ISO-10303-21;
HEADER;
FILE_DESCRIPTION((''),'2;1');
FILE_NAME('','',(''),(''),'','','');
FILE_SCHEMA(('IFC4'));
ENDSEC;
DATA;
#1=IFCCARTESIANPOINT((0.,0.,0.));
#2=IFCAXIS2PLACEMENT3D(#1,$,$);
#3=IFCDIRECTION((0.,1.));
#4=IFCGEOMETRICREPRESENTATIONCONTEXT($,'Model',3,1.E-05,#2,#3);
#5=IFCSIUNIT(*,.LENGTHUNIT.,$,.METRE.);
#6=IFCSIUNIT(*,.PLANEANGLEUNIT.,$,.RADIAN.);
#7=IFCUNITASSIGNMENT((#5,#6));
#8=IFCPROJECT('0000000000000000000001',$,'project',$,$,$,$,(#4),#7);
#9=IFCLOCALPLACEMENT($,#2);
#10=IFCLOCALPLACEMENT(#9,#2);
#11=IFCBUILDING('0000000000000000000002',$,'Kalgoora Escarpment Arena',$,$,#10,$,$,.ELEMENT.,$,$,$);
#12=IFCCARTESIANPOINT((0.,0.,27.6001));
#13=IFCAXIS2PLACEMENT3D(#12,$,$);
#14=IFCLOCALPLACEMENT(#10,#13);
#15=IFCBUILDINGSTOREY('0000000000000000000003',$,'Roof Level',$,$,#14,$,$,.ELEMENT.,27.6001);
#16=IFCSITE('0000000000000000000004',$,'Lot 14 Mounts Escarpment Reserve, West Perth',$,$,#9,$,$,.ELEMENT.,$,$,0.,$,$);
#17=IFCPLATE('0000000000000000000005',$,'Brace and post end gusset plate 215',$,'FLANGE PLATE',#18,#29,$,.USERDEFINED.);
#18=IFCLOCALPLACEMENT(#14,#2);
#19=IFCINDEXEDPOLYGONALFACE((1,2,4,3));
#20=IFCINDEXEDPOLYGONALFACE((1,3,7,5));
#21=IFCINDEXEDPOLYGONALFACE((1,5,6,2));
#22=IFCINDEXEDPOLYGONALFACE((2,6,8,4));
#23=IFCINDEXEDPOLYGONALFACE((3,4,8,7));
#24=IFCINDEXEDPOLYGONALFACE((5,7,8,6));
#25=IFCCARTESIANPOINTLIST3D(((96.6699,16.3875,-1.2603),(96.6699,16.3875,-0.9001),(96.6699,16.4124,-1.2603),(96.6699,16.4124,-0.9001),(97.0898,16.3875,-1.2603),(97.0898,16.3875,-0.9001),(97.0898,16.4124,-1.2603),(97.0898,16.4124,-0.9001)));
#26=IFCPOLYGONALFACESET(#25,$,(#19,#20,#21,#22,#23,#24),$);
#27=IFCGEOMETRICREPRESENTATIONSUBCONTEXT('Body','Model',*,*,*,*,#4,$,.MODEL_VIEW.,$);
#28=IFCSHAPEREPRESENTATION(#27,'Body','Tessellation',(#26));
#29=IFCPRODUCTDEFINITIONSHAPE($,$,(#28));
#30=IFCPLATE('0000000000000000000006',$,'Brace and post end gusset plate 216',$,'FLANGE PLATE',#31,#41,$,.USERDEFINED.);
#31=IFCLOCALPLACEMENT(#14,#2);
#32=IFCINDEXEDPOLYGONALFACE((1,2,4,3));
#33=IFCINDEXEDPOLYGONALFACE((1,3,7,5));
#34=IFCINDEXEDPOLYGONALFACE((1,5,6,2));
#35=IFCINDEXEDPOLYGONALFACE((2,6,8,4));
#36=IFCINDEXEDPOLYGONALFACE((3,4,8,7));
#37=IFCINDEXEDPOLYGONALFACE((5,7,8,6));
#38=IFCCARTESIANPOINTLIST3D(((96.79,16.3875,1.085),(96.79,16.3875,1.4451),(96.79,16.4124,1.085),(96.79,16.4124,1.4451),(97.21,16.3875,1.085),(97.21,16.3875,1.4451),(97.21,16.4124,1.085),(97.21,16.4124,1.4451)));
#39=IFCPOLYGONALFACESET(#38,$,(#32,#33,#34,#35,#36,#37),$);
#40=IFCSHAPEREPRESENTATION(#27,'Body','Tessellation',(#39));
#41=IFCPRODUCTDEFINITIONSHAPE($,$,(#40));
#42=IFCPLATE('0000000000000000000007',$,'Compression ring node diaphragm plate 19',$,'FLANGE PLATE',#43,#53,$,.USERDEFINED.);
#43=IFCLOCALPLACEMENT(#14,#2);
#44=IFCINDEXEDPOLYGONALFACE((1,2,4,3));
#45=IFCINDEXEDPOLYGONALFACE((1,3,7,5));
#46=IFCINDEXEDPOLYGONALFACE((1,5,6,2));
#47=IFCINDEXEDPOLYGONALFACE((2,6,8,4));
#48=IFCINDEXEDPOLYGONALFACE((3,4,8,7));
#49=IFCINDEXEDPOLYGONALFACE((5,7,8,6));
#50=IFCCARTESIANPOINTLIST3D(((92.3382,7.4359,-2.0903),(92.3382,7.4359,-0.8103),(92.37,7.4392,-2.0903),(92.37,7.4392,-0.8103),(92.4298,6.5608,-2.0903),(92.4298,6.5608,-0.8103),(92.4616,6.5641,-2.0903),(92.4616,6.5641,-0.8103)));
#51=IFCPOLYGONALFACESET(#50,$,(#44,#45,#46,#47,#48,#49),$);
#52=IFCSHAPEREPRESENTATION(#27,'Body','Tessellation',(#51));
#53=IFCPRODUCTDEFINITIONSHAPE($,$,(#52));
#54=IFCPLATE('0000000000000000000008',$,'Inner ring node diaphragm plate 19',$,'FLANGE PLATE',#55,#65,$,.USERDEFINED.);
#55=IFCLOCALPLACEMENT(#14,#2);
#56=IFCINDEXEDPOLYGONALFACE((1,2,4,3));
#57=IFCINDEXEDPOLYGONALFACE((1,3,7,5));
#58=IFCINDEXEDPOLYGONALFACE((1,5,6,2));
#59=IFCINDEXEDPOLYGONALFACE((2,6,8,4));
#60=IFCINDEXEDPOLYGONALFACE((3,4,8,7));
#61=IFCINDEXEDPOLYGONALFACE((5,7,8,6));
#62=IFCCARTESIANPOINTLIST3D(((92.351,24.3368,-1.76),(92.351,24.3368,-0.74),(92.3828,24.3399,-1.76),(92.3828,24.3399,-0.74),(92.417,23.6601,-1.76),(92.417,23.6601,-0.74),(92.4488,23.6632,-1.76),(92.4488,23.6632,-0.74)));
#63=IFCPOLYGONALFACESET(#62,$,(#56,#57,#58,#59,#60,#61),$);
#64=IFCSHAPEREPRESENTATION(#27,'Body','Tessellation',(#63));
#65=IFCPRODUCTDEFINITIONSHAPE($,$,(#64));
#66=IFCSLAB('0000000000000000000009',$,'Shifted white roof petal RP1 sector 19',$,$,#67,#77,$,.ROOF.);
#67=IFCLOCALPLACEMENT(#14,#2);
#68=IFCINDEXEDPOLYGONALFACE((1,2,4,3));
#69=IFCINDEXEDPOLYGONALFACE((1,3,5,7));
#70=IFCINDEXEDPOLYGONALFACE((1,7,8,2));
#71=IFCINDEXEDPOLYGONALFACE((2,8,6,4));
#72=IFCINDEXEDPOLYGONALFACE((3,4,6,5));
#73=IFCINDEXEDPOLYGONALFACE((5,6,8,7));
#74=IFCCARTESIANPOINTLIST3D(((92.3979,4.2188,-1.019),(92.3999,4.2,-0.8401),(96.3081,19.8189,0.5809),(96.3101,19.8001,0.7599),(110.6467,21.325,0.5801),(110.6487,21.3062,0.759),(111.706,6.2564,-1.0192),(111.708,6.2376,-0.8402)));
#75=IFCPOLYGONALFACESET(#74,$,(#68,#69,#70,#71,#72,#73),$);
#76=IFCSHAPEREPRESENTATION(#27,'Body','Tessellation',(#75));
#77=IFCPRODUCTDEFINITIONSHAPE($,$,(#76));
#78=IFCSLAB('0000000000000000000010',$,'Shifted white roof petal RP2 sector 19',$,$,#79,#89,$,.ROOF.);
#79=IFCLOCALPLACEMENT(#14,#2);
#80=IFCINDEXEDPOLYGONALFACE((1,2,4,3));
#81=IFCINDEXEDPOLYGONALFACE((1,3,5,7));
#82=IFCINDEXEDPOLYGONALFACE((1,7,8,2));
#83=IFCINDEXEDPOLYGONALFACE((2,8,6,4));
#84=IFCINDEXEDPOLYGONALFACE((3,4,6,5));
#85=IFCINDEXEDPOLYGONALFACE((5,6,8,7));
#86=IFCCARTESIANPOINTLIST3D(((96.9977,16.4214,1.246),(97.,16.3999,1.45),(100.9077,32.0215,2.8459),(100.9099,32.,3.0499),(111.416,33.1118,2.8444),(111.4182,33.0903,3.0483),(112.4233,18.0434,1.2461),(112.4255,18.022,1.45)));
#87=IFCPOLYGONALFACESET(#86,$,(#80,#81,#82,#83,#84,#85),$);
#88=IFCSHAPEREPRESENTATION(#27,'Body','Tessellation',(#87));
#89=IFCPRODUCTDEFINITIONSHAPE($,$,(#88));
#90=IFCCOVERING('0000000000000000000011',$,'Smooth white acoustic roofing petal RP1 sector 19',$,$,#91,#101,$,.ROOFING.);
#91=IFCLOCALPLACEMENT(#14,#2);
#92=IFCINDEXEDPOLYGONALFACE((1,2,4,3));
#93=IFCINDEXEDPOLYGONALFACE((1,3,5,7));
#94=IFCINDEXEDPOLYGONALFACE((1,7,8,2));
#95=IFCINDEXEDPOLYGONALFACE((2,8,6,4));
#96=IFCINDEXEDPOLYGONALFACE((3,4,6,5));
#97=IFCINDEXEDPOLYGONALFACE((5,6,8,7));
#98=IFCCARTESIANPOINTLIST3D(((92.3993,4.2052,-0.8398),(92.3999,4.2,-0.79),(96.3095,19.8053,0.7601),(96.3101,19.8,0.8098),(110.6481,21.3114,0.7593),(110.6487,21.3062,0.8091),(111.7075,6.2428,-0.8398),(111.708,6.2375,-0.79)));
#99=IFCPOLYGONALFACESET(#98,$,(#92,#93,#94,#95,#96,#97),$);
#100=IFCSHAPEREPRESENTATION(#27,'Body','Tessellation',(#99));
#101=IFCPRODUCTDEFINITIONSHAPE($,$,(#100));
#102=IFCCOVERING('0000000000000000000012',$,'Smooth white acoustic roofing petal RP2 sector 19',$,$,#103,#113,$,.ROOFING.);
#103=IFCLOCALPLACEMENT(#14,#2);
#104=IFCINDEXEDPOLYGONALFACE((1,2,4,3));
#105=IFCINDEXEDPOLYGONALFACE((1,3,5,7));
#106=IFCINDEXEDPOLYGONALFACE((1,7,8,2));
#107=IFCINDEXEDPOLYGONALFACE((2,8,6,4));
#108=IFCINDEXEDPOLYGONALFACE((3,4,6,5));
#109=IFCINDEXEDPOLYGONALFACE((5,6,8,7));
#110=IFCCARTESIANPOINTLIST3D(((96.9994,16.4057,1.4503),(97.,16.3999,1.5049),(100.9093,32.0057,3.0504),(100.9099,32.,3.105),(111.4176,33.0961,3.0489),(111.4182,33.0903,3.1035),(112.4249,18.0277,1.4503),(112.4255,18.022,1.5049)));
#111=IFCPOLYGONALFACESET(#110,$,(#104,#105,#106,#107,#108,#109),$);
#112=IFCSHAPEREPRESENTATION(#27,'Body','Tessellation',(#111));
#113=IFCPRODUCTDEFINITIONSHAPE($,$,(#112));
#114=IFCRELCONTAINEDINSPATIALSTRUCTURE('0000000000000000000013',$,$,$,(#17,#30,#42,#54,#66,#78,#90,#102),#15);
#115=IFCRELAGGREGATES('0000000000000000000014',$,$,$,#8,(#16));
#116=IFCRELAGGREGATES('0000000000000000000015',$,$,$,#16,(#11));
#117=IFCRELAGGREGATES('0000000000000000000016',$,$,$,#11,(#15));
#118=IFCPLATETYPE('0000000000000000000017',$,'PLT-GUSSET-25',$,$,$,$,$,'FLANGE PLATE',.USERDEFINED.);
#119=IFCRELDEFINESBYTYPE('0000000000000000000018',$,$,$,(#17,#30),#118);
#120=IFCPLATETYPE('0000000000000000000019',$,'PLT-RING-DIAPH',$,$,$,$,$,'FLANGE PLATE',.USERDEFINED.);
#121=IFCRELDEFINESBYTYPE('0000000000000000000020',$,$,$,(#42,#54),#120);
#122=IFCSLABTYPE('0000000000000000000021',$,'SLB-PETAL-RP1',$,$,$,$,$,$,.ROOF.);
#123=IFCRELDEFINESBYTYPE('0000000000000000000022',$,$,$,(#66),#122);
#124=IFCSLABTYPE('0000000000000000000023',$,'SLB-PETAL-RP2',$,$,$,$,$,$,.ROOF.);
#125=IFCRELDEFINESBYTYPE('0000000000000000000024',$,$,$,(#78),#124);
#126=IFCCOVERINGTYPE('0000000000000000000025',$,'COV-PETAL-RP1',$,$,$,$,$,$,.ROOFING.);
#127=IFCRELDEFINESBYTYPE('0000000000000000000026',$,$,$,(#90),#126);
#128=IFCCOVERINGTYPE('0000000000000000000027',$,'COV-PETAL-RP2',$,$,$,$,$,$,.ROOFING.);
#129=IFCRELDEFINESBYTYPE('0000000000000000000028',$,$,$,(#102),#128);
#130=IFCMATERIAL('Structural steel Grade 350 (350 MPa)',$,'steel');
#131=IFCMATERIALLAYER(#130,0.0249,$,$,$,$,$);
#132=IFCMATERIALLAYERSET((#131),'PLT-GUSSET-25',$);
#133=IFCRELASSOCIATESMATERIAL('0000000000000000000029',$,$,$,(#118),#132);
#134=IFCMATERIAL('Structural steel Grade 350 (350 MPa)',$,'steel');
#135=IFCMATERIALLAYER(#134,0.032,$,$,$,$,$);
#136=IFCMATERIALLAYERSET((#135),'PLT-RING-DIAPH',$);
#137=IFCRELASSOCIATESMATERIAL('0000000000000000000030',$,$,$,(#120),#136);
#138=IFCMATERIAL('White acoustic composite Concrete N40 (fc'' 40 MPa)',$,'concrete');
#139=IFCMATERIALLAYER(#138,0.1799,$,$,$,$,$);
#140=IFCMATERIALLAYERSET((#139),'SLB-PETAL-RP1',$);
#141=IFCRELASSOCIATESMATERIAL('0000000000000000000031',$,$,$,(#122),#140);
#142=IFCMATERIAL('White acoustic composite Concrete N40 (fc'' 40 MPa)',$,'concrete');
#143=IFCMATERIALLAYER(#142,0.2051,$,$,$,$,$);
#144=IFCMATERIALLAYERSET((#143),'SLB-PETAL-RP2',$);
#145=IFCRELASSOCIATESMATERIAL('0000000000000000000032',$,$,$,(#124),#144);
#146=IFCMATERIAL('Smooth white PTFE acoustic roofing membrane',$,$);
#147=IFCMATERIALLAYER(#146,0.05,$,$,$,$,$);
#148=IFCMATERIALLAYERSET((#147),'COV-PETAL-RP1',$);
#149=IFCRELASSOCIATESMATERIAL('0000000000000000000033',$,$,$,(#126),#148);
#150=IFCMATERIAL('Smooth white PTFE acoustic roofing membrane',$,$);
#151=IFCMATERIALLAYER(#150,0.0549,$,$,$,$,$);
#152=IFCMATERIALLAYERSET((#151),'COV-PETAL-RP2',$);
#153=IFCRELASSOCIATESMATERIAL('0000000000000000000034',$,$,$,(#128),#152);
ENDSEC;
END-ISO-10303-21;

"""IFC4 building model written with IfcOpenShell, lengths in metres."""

from ifc_helpers import new_model, si_unit, direction, frame, origin, origin_2d, place, context, subcontext, project, spatial, polyline, rectangle, outline, extrude, material, layer, layer_set, type_object, element, save


model = new_model("IFC4")

# Units and contexts
model_context = context("Model", 3, precision=1e-05, world=origin(), true_north=direction((0.0, 1.0)))
body_context = subcontext(model_context, "Body", "Model", "MODEL_VIEW")
ifc_project = project(units=[si_unit("LENGTHUNIT", "METRE"), si_unit("PLANEANGLEUNIT", "RADIAN")], contexts=[model_context])

# Site, building, storey
site_placement = place(None, origin())
site = spatial("IfcSite", under=ifc_project, at=site_placement, Name="Lot 14 Mounts Escarpment Reserve, West Perth", CompositionType="ELEMENT", RefElevation=0.0)
building_placement = place(site_placement, origin())
building = spatial("IfcBuilding", under=site, at=building_placement, Name="Kalgoora Escarpment Arena", CompositionType="ELEMENT")
storey_placement = place(building_placement, frame((0.0, 0.0, 27.6001)))
storey = spatial("IfcBuildingStorey", under=building, at=storey_placement, Name="Roof Level", CompositionType="ELEMENT", Elevation=27.6001)

# Plates
ifc_material_1 = material(Name="Structural steel Grade 350 (350 MPa)", Category="steel")
ifc_layer_1 = layer(ifc_material_1, 0.0249)
ifc_layer_set_1 = layer_set([ifc_layer_1], Name="PLT-GUSSET-25")
plate_type_1 = type_object("IfcPlateType", Name="PLT-GUSSET-25", ElementType="FLANGE PLATE", PredefinedType="USERDEFINED", material=ifc_layer_set_1)
for number, where, z_axis, x_axis, name in (
    (1, (96.8799, 16.3999, -1.2603), (0.0, 0.0, 1.0), (1.0, 0.0, 0.0), "Brace and post end gusset plate 215"),
    (2, (97.0, 16.3999, 1.085), (0.0, 0.0, 1.0), (1.0, 0.0, 0.0), "Brace and post end gusset plate 216"),
):
    element("IfcPlate", number, at=place(storey_placement, frame(where, z_axis=z_axis, x_axis=x_axis)), inside=storey, type_object=plate_type_1, Name=name, ObjectType="FLANGE PLATE", PredefinedType="USERDEFINED", context=body_context, shape_type="SweptSolid", body=[
        extrude(rectangle(XDim=0.4199, YDim=0.0249, at=origin_2d()), origin(), (0.0, 0.0, 1.0), 0.3601),
    ])
ifc_material_2 = material(Name="Structural steel Grade 350 (350 MPa)", Category="steel")
ifc_layer_2 = layer(ifc_material_2, 0.032)
ifc_layer_set_2 = layer_set([ifc_layer_2], Name="PLT-RING-DIAPH")
plate_type_2 = type_object("IfcPlateType", Name="PLT-RING-DIAPH", ElementType="FLANGE PLATE", PredefinedType="USERDEFINED", material=ifc_layer_set_2)
plate_1_placement = place(storey_placement, frame((92.3999, 7.0, -2.0903), z_axis=(0.0, 0.0, 1.0), x_axis=(0.994576, 0.104008, 0.0)))
element("IfcPlate", 3, at=plate_1_placement, inside=storey, type_object=plate_type_2, Name="Compression ring node diaphragm plate 19", ObjectType="FLANGE PLATE", PredefinedType="USERDEFINED", context=body_context, shape_type="SweptSolid", body=[
    extrude(rectangle(XDim=0.032, YDim=0.8799, at=origin_2d()), origin(), (0.0, 0.0, 1.0), 1.28),
])
plate_2_placement = place(storey_placement, frame((92.3999, 24.0, -1.76), z_axis=(0.0, 0.0, 1.0), x_axis=(0.995278, 0.097062, 0.0)))
element("IfcPlate", 4, at=plate_2_placement, inside=storey, type_object=plate_type_2, Name="Inner ring node diaphragm plate 19", ObjectType="FLANGE PLATE", PredefinedType="USERDEFINED", context=body_context, shape_type="SweptSolid", body=[
    extrude(rectangle(XDim=0.032, YDim=0.6799, at=origin_2d()), origin(), (0.0, 0.0, 1.0), 1.02),
])

# Slabs
ifc_material_3 = material(Name="White acoustic composite Concrete N40 (fc' 40 MPa)", Category="concrete")
ifc_layer_3 = layer(ifc_material_3, 0.1799)
ifc_layer_set_3 = layer_set([ifc_layer_3], Name="SLB-PETAL-RP1")
slab_type_1 = type_object("IfcSlabType", Name="SLB-PETAL-RP1", PredefinedType="ROOF", material=ifc_layer_set_3)
slab_1_placement = place(storey_placement, frame((92.3999, 4.2, -0.8401), z_axis=(0.011063, -0.104763, 0.994436), x_axis=(0.994478, 0.104949, -0.000007)))
element("IfcSlab", 5, at=slab_1_placement, inside=storey, type_object=slab_type_1, Name="Shifted white roof petal RP1 sector 19", PredefinedType="ROOF", context=body_context, shape_type="SweptSolid", body=[
    extrude(outline(polyline([(0.0, 0.0), (19.4153, 0.0), (19.9433, 15.181), (5.5258, 15.1881), (0.0, 0.0)])), origin(), (0.0, 0.0, -1.0), 0.1799),
])
ifc_material_4 = material(Name="White acoustic composite Concrete N40 (fc' 40 MPa)", Category="concrete")
ifc_layer_4 = layer(ifc_material_4, 0.2051)
ifc_layer_set_4 = layer_set([ifc_layer_4], Name="SLB-PETAL-RP2")
slab_type_2 = type_object("IfcSlabType", Name="SLB-PETAL-RP2", PredefinedType="ROOF", material=ifc_layer_set_4)
slab_2_placement = place(storey_placement, frame((97.0, 16.3999, 1.45), z_axis=(0.011012, -0.104747, 0.994438), x_axis=(0.994517, 0.104578, 0.000003)))
element("IfcSlab", 6, at=slab_2_placement, inside=storey, type_object=slab_type_2, Name="Shifted white roof petal RP2 sector 19", PredefinedType="ROOF", context=body_context, shape_type="SweptSolid", body=[
    extrude(outline(polyline([(0.0, 0.0), (15.5106, 0.0), (16.0846, 15.1755), (5.5199, 15.1901), (0.0, 0.0)])), origin(), (0.0, 0.0, -1.0), 0.2051),
])

# Coverings
ifc_material_5 = material(Name="Smooth white PTFE acoustic roofing membrane")
ifc_layer_5 = layer(ifc_material_5, 0.05)
ifc_layer_set_5 = layer_set([ifc_layer_5], Name="COV-PETAL-RP1")
covering_type_1 = type_object("IfcCoveringType", Name="COV-PETAL-RP1", PredefinedType="ROOFING", material=ifc_layer_set_5)
covering_1_placement = place(storey_placement, frame((92.3999, 4.2, -0.79), z_axis=(0.011055, -0.104755, 0.994437), x_axis=(0.994478, 0.104948, 0.0)))
element("IfcCovering", 7, at=covering_1_placement, inside=storey, type_object=covering_type_1, Name="Smooth white acoustic roofing petal RP1 sector 19", PredefinedType="ROOFING", context=body_context, shape_type="SweptSolid", body=[
    extrude(outline(polyline([(0.0, 0.0), (19.4153, 0.0), (19.9433, 15.181), (5.5258, 15.1881), (0.0, 0.0)])), origin(), (0.0, 0.0, -1.0), 0.05),
])
ifc_material_6 = material(Name="Smooth white PTFE acoustic roofing membrane")
ifc_layer_6 = layer(ifc_material_6, 0.0549)
ifc_layer_set_6 = layer_set([ifc_layer_6], Name="COV-PETAL-RP2")
covering_type_2 = type_object("IfcCoveringType", Name="COV-PETAL-RP2", PredefinedType="ROOFING", material=ifc_layer_set_6)
covering_2_placement = place(storey_placement, frame((97.0, 16.3999, 1.5049), z_axis=(0.011013, -0.104762, 0.994436), x_axis=(0.994517, 0.104578, 0.000003)))
element("IfcCovering", 8, at=covering_2_placement, inside=storey, type_object=covering_type_2, Name="Smooth white acoustic roofing petal RP2 sector 19", PredefinedType="ROOFING", context=body_context, shape_type="SweptSolid", body=[
    extrude(outline(polyline([(0.0, 0.0), (15.5106, 0.0), (16.0846, 15.1755), (5.5199, 15.1902), (0.0, 0.0)])), origin(), (0.0, 0.0, -1.0), 0.0549),
])

save(model, "model.ifc")
